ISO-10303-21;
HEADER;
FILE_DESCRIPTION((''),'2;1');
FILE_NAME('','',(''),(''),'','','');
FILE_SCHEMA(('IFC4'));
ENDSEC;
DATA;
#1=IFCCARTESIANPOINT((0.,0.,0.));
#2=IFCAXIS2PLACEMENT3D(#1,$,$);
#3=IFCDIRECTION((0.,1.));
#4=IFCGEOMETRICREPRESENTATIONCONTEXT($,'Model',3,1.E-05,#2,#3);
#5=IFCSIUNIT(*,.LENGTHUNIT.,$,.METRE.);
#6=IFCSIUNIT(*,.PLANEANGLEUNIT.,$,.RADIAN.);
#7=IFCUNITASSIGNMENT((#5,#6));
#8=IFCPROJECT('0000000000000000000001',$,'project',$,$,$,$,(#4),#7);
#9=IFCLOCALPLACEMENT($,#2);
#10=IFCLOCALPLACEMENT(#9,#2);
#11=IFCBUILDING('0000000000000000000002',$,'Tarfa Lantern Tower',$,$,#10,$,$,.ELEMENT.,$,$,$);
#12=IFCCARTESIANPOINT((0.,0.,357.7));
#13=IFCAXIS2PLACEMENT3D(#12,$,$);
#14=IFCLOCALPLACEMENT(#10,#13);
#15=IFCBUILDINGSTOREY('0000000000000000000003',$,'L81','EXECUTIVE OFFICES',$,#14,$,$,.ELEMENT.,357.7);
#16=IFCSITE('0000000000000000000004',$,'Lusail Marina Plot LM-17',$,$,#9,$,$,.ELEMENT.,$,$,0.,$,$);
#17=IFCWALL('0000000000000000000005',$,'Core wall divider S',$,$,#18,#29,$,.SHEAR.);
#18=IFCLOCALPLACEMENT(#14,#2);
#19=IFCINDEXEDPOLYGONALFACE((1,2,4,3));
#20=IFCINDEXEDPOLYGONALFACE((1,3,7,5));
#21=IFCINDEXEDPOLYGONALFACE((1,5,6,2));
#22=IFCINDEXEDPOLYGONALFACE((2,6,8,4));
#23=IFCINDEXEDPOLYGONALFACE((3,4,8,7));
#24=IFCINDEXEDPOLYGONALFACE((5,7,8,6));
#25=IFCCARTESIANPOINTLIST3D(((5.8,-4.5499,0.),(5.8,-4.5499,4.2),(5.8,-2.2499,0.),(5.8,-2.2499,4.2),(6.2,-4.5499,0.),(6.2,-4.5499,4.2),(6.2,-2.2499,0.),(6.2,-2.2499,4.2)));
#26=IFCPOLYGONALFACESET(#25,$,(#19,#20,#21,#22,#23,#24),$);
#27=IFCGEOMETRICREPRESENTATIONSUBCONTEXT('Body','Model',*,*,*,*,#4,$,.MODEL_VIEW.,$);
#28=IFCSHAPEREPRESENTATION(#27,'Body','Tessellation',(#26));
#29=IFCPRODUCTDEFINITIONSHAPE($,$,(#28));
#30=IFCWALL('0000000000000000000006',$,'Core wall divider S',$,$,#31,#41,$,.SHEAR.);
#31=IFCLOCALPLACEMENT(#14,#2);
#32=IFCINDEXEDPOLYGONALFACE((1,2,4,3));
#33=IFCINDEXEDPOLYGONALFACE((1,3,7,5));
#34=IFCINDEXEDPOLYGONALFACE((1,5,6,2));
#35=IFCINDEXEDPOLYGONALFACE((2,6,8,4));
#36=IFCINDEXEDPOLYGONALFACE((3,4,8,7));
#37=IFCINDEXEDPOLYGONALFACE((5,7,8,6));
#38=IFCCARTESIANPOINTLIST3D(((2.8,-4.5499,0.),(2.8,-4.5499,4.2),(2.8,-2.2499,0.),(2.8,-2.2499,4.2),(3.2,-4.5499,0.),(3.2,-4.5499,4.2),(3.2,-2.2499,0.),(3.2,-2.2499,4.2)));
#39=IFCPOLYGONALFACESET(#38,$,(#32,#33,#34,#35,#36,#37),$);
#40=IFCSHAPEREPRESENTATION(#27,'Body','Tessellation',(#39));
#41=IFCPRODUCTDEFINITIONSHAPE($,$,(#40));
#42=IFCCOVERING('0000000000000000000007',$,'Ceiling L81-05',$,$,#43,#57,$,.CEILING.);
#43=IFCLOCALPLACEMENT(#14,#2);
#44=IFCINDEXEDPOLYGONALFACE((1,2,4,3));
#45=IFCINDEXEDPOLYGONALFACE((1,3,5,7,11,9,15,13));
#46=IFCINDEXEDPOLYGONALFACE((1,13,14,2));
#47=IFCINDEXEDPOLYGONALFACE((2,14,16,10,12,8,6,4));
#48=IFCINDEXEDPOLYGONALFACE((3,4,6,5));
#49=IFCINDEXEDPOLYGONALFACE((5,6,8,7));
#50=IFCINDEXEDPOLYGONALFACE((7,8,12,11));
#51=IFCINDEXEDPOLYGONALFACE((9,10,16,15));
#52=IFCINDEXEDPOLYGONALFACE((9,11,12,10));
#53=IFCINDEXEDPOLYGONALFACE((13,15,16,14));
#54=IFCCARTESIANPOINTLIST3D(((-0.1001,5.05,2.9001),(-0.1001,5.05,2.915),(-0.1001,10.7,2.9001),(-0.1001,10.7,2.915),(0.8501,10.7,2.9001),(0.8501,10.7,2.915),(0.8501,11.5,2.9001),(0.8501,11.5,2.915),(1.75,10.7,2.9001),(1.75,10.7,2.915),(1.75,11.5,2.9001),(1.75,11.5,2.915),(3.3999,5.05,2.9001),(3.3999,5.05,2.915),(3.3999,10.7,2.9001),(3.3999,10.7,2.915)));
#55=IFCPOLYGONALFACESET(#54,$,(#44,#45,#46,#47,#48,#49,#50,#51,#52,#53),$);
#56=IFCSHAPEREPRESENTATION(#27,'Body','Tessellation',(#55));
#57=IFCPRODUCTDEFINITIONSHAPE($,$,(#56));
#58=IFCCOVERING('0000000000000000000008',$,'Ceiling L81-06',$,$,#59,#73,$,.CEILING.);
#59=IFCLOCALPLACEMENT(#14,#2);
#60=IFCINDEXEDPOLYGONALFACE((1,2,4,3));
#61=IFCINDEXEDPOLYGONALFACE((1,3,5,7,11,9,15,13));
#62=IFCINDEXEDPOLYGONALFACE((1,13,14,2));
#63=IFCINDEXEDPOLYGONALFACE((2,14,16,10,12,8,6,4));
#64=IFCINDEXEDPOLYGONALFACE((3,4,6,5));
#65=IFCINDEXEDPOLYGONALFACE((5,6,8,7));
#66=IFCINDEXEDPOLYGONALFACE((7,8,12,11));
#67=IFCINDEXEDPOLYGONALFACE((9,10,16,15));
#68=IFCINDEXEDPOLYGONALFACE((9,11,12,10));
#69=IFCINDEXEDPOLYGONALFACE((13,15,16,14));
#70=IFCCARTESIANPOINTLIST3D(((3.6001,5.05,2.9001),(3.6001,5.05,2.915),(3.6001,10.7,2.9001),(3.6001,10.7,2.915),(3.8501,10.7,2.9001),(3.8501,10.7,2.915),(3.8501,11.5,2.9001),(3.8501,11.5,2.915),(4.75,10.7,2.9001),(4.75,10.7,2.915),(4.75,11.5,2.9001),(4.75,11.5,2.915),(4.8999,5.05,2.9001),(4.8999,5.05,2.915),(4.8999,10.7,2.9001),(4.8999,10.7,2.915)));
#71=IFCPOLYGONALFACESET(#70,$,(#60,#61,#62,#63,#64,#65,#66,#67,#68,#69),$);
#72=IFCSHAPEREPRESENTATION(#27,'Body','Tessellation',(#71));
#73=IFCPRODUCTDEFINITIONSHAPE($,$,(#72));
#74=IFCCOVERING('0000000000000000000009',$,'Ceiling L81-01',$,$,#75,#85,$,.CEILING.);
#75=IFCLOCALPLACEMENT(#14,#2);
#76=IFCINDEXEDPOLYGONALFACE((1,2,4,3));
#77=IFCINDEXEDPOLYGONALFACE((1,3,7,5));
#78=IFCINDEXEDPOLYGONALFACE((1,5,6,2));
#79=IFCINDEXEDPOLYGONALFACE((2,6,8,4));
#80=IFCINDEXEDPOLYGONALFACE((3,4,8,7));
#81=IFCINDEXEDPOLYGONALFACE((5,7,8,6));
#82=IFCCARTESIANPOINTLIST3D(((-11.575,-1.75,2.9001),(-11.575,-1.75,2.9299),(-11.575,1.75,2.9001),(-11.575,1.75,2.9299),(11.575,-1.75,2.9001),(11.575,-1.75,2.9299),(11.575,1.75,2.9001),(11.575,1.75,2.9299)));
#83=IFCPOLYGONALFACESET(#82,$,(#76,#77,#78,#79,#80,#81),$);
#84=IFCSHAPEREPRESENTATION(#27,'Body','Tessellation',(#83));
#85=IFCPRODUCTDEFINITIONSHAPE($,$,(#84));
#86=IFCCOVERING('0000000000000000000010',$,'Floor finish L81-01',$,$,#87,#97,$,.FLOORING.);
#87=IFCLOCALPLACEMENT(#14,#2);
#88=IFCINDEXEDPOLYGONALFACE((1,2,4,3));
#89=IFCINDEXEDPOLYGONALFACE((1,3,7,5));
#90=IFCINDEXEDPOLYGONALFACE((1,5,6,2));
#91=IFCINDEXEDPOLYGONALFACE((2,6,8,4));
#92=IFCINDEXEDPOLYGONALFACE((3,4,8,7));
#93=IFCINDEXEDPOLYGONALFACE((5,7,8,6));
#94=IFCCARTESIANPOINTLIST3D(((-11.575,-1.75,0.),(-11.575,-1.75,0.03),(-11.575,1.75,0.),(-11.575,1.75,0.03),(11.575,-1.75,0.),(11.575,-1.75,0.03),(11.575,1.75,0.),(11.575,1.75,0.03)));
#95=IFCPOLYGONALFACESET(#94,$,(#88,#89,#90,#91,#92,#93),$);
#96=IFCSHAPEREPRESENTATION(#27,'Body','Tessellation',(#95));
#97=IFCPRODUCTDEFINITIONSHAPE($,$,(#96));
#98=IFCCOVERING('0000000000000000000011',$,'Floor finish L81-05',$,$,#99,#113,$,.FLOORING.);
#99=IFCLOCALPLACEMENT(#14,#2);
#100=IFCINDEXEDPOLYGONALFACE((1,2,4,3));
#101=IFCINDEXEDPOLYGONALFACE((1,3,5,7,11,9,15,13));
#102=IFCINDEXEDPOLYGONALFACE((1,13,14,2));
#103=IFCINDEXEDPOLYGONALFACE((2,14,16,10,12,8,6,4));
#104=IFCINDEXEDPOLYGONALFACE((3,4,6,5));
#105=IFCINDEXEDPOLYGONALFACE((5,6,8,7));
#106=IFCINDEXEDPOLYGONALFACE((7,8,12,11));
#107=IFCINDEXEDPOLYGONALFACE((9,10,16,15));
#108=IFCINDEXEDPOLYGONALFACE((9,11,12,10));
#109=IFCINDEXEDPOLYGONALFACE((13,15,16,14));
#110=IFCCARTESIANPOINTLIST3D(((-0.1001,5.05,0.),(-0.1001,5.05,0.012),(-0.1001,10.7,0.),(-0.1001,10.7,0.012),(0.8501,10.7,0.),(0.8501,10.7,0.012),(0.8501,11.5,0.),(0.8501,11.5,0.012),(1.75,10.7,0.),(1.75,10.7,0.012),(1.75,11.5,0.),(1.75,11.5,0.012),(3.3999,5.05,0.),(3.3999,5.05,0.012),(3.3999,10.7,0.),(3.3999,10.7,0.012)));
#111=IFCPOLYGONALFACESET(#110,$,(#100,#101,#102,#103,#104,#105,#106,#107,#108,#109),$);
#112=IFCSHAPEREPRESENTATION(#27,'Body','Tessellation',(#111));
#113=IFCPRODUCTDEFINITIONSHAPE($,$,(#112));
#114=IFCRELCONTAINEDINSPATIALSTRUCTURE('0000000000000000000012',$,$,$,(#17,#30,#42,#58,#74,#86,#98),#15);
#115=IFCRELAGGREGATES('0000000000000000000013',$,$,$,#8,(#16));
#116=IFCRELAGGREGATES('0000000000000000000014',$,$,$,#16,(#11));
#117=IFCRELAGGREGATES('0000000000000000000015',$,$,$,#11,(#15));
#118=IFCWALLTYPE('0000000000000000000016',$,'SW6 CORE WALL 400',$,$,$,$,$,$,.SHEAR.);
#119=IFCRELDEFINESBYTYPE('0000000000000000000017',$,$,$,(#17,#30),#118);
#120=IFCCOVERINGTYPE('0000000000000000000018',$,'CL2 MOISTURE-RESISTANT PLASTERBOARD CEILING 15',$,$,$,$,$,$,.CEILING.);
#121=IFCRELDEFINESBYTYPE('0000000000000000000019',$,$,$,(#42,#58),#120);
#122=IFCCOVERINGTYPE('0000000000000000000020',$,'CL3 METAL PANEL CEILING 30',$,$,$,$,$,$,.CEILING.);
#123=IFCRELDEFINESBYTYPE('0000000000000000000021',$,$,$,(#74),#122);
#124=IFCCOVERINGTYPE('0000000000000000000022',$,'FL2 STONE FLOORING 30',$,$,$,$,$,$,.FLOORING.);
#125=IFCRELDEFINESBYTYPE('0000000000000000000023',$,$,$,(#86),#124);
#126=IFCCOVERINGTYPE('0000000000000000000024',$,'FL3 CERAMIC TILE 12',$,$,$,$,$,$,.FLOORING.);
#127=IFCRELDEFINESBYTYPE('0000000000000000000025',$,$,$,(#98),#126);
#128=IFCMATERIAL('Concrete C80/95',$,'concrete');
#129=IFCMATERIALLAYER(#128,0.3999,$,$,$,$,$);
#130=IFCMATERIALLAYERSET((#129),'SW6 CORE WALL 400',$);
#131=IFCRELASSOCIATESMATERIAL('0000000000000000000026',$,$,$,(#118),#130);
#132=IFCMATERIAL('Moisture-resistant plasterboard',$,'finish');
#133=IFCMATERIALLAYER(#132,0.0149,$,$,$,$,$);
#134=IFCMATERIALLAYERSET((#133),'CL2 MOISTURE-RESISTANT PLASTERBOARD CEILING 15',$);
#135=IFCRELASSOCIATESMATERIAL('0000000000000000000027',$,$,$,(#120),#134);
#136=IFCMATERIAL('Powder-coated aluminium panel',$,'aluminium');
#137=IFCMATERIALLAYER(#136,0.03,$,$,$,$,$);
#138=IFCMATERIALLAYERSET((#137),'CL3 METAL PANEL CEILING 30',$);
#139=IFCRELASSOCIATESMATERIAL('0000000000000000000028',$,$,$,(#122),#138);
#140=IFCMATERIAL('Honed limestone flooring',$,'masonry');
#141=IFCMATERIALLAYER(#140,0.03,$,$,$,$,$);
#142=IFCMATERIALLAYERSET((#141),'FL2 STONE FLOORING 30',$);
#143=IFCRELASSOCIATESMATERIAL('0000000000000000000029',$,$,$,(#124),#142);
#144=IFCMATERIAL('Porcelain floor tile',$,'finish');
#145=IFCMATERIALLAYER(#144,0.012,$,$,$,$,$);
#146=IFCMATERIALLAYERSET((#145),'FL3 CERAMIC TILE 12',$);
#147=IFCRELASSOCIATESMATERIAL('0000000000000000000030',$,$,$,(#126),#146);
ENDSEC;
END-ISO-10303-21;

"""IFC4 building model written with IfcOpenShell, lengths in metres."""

from ifc_helpers import new_model, si_unit, direction, frame, frame_2d, origin, place, context, subcontext, project, spatial, polyline, rectangle, outline, extrude, material, layer, layer_set, type_object, element, save


model = new_model("IFC4")

# Units and contexts
model_context = context("Model", 3, precision=1e-05, world=origin(), true_north=direction((0.0, 1.0)))
body_context = subcontext(model_context, "Body", "Model", "MODEL_VIEW")
ifc_project = project(units=[si_unit("LENGTHUNIT", "METRE"), si_unit("PLANEANGLEUNIT", "RADIAN")], contexts=[model_context])

# Site, building, storey
site_placement = place(None, origin())
site = spatial("IfcSite", under=ifc_project, at=site_placement, Name="Lusail Marina Plot LM-17", CompositionType="ELEMENT", RefElevation=0.0)
building_placement = place(site_placement, origin())
building = spatial("IfcBuilding", under=site, at=building_placement, Name="Tarfa Lantern Tower", CompositionType="ELEMENT")
storey_placement = place(building_placement, frame((0.0, 0.0, 357.7)))
storey = spatial("IfcBuildingStorey", under=building, at=storey_placement, Name="L81", Description="EXECUTIVE OFFICES", CompositionType="ELEMENT", Elevation=357.7)

# Shared definitions
ifc_material_1 = material(Name="Concrete C80/95", Category="concrete")

# Walls
ifc_layer_1 = layer(ifc_material_1, 0.3999)
ifc_layer_set_1 = layer_set([ifc_layer_1], Name="SW6 CORE WALL 400")
wall_type_1 = type_object("IfcWallType", Name="SW6 CORE WALL 400", PredefinedType="SHEAR", material=ifc_layer_set_1)
for number, where, z_axis, x_axis, name in (
    (1, (6.0, -2.25, 0.0), (0.0, 0.0, 1.0), (0.0, -1.0, 0.0), "Core wall divider S"),
    (2, (3.0, -2.25, 0.0), (0.0, 0.0, 1.0), (0.0, -1.0, 0.0), "Core wall divider S"),
):
    element("IfcWall", number, at=place(storey_placement, frame(where, z_axis=z_axis, x_axis=x_axis)), inside=storey, type_object=wall_type_1, Name=name, PredefinedType="SHEAR", context=body_context, shape_type="SweptSolid", body=[
        extrude(rectangle(XDim=2.3, YDim=0.3999, at=frame_2d((1.1499, 0.0))), origin(), (0.0, 0.0, 1.0), 4.2),
    ])

# Coverings
ifc_material_2 = material(Name="Moisture-resistant plasterboard", Category="finish")
ifc_layer_2 = layer(ifc_material_2, 0.0149)
ifc_layer_set_2 = layer_set([ifc_layer_2], Name="CL2 MOISTURE-RESISTANT PLASTERBOARD CEILING 15")
covering_type_1 = type_object("IfcCoveringType", Name="CL2 MOISTURE-RESISTANT PLASTERBOARD CEILING 15", PredefinedType="CEILING", material=ifc_layer_set_2)
covering_1_placement = place(storey_placement, frame((0.0, 0.0, 2.9001)))
element("IfcCovering", 3, at=covering_1_placement, inside=storey, type_object=covering_type_1, Name="Ceiling L81-05", PredefinedType="CEILING", context=body_context, shape_type="SweptSolid", body=[
    extrude(outline(polyline([(0.8501, 10.7), (-0.1001, 10.7), (-0.1001, 5.05), (3.3999, 5.05), (3.3999, 10.7), (1.75, 10.7), (1.75, 11.5), (0.8501, 11.5), (0.8501, 11.5), (0.8501, 10.7)])), origin(), (0.0, 0.0, 1.0), 0.0149),
])
covering_2_placement = place(storey_placement, frame((0.0, 0.0, 2.9001)))
element("IfcCovering", 4, at=covering_2_placement, inside=storey, type_object=covering_type_1, Name="Ceiling L81-06", PredefinedType="CEILING", context=body_context, shape_type="SweptSolid", body=[
    extrude(outline(polyline([(3.6001, 5.05), (4.8999, 5.05), (4.8999, 10.7), (4.75, 10.7), (4.75, 11.5), (3.8501, 11.5), (3.8501, 10.7), (3.6001, 10.7), (3.6001, 5.05)])), origin(), (0.0, 0.0, 1.0), 0.0149),
])
ifc_material_3 = material(Name="Powder-coated aluminium panel", Category="aluminium")
ifc_layer_3 = layer(ifc_material_3, 0.03)
ifc_layer_set_3 = layer_set([ifc_layer_3], Name="CL3 METAL PANEL CEILING 30")
covering_type_2 = type_object("IfcCoveringType", Name="CL3 METAL PANEL CEILING 30", PredefinedType="CEILING", material=ifc_layer_set_3)
covering_3_placement = place(storey_placement, frame((0.0, 0.0, 2.9001)))
element("IfcCovering", 5, at=covering_3_placement, inside=storey, type_object=covering_type_2, Name="Ceiling L81-01", PredefinedType="CEILING", context=body_context, shape_type="SweptSolid", body=[
    extrude(outline(polyline([(-11.575, -1.75), (11.575, -1.75), (11.575, 1.75), (-11.575, 1.75), (-11.575, -1.75)])), origin(), (0.0, 0.0, 1.0), 0.0298),
])
ifc_material_4 = material(Name="Honed limestone flooring", Category="masonry")
ifc_layer_4 = layer(ifc_material_4, 0.03)
ifc_layer_set_4 = layer_set([ifc_layer_4], Name="FL2 STONE FLOORING 30")
covering_type_3 = type_object("IfcCoveringType", Name="FL2 STONE FLOORING 30", PredefinedType="FLOORING", material=ifc_layer_set_4)
covering_4_placement = place(storey_placement, origin())
element("IfcCovering", 6, at=covering_4_placement, inside=storey, type_object=covering_type_3, Name="Floor finish L81-01", PredefinedType="FLOORING", context=body_context, shape_type="SweptSolid", body=[
    extrude(outline(polyline([(-11.575, -1.75), (11.575, -1.75), (11.575, 1.75), (-11.575, 1.75), (-11.575, -1.75)])), origin(), (0.0, 0.0, 1.0), 0.03),
])
ifc_material_5 = material(Name="Porcelain floor tile", Category="finish")
ifc_layer_5 = layer(ifc_material_5, 0.012)
ifc_layer_set_5 = layer_set([ifc_layer_5], Name="FL3 CERAMIC TILE 12")
covering_type_4 = type_object("IfcCoveringType", Name="FL3 CERAMIC TILE 12", PredefinedType="FLOORING", material=ifc_layer_set_5)
covering_5_placement = place(storey_placement, origin())
element("IfcCovering", 7, at=covering_5_placement, inside=storey, type_object=covering_type_4, Name="Floor finish L81-05", PredefinedType="FLOORING", context=body_context, shape_type="SweptSolid", body=[
    extrude(outline(polyline([(0.8501, 10.7), (-0.1001, 10.7), (-0.1001, 5.05), (3.3999, 5.05), (3.3999, 10.7), (1.75, 10.7), (1.75, 11.5), (0.8501, 11.5), (0.8501, 11.5), (0.8501, 10.7)])), origin(), (0.0, 0.0, 1.0), 0.012),
])

save(model, "model.ifc")
